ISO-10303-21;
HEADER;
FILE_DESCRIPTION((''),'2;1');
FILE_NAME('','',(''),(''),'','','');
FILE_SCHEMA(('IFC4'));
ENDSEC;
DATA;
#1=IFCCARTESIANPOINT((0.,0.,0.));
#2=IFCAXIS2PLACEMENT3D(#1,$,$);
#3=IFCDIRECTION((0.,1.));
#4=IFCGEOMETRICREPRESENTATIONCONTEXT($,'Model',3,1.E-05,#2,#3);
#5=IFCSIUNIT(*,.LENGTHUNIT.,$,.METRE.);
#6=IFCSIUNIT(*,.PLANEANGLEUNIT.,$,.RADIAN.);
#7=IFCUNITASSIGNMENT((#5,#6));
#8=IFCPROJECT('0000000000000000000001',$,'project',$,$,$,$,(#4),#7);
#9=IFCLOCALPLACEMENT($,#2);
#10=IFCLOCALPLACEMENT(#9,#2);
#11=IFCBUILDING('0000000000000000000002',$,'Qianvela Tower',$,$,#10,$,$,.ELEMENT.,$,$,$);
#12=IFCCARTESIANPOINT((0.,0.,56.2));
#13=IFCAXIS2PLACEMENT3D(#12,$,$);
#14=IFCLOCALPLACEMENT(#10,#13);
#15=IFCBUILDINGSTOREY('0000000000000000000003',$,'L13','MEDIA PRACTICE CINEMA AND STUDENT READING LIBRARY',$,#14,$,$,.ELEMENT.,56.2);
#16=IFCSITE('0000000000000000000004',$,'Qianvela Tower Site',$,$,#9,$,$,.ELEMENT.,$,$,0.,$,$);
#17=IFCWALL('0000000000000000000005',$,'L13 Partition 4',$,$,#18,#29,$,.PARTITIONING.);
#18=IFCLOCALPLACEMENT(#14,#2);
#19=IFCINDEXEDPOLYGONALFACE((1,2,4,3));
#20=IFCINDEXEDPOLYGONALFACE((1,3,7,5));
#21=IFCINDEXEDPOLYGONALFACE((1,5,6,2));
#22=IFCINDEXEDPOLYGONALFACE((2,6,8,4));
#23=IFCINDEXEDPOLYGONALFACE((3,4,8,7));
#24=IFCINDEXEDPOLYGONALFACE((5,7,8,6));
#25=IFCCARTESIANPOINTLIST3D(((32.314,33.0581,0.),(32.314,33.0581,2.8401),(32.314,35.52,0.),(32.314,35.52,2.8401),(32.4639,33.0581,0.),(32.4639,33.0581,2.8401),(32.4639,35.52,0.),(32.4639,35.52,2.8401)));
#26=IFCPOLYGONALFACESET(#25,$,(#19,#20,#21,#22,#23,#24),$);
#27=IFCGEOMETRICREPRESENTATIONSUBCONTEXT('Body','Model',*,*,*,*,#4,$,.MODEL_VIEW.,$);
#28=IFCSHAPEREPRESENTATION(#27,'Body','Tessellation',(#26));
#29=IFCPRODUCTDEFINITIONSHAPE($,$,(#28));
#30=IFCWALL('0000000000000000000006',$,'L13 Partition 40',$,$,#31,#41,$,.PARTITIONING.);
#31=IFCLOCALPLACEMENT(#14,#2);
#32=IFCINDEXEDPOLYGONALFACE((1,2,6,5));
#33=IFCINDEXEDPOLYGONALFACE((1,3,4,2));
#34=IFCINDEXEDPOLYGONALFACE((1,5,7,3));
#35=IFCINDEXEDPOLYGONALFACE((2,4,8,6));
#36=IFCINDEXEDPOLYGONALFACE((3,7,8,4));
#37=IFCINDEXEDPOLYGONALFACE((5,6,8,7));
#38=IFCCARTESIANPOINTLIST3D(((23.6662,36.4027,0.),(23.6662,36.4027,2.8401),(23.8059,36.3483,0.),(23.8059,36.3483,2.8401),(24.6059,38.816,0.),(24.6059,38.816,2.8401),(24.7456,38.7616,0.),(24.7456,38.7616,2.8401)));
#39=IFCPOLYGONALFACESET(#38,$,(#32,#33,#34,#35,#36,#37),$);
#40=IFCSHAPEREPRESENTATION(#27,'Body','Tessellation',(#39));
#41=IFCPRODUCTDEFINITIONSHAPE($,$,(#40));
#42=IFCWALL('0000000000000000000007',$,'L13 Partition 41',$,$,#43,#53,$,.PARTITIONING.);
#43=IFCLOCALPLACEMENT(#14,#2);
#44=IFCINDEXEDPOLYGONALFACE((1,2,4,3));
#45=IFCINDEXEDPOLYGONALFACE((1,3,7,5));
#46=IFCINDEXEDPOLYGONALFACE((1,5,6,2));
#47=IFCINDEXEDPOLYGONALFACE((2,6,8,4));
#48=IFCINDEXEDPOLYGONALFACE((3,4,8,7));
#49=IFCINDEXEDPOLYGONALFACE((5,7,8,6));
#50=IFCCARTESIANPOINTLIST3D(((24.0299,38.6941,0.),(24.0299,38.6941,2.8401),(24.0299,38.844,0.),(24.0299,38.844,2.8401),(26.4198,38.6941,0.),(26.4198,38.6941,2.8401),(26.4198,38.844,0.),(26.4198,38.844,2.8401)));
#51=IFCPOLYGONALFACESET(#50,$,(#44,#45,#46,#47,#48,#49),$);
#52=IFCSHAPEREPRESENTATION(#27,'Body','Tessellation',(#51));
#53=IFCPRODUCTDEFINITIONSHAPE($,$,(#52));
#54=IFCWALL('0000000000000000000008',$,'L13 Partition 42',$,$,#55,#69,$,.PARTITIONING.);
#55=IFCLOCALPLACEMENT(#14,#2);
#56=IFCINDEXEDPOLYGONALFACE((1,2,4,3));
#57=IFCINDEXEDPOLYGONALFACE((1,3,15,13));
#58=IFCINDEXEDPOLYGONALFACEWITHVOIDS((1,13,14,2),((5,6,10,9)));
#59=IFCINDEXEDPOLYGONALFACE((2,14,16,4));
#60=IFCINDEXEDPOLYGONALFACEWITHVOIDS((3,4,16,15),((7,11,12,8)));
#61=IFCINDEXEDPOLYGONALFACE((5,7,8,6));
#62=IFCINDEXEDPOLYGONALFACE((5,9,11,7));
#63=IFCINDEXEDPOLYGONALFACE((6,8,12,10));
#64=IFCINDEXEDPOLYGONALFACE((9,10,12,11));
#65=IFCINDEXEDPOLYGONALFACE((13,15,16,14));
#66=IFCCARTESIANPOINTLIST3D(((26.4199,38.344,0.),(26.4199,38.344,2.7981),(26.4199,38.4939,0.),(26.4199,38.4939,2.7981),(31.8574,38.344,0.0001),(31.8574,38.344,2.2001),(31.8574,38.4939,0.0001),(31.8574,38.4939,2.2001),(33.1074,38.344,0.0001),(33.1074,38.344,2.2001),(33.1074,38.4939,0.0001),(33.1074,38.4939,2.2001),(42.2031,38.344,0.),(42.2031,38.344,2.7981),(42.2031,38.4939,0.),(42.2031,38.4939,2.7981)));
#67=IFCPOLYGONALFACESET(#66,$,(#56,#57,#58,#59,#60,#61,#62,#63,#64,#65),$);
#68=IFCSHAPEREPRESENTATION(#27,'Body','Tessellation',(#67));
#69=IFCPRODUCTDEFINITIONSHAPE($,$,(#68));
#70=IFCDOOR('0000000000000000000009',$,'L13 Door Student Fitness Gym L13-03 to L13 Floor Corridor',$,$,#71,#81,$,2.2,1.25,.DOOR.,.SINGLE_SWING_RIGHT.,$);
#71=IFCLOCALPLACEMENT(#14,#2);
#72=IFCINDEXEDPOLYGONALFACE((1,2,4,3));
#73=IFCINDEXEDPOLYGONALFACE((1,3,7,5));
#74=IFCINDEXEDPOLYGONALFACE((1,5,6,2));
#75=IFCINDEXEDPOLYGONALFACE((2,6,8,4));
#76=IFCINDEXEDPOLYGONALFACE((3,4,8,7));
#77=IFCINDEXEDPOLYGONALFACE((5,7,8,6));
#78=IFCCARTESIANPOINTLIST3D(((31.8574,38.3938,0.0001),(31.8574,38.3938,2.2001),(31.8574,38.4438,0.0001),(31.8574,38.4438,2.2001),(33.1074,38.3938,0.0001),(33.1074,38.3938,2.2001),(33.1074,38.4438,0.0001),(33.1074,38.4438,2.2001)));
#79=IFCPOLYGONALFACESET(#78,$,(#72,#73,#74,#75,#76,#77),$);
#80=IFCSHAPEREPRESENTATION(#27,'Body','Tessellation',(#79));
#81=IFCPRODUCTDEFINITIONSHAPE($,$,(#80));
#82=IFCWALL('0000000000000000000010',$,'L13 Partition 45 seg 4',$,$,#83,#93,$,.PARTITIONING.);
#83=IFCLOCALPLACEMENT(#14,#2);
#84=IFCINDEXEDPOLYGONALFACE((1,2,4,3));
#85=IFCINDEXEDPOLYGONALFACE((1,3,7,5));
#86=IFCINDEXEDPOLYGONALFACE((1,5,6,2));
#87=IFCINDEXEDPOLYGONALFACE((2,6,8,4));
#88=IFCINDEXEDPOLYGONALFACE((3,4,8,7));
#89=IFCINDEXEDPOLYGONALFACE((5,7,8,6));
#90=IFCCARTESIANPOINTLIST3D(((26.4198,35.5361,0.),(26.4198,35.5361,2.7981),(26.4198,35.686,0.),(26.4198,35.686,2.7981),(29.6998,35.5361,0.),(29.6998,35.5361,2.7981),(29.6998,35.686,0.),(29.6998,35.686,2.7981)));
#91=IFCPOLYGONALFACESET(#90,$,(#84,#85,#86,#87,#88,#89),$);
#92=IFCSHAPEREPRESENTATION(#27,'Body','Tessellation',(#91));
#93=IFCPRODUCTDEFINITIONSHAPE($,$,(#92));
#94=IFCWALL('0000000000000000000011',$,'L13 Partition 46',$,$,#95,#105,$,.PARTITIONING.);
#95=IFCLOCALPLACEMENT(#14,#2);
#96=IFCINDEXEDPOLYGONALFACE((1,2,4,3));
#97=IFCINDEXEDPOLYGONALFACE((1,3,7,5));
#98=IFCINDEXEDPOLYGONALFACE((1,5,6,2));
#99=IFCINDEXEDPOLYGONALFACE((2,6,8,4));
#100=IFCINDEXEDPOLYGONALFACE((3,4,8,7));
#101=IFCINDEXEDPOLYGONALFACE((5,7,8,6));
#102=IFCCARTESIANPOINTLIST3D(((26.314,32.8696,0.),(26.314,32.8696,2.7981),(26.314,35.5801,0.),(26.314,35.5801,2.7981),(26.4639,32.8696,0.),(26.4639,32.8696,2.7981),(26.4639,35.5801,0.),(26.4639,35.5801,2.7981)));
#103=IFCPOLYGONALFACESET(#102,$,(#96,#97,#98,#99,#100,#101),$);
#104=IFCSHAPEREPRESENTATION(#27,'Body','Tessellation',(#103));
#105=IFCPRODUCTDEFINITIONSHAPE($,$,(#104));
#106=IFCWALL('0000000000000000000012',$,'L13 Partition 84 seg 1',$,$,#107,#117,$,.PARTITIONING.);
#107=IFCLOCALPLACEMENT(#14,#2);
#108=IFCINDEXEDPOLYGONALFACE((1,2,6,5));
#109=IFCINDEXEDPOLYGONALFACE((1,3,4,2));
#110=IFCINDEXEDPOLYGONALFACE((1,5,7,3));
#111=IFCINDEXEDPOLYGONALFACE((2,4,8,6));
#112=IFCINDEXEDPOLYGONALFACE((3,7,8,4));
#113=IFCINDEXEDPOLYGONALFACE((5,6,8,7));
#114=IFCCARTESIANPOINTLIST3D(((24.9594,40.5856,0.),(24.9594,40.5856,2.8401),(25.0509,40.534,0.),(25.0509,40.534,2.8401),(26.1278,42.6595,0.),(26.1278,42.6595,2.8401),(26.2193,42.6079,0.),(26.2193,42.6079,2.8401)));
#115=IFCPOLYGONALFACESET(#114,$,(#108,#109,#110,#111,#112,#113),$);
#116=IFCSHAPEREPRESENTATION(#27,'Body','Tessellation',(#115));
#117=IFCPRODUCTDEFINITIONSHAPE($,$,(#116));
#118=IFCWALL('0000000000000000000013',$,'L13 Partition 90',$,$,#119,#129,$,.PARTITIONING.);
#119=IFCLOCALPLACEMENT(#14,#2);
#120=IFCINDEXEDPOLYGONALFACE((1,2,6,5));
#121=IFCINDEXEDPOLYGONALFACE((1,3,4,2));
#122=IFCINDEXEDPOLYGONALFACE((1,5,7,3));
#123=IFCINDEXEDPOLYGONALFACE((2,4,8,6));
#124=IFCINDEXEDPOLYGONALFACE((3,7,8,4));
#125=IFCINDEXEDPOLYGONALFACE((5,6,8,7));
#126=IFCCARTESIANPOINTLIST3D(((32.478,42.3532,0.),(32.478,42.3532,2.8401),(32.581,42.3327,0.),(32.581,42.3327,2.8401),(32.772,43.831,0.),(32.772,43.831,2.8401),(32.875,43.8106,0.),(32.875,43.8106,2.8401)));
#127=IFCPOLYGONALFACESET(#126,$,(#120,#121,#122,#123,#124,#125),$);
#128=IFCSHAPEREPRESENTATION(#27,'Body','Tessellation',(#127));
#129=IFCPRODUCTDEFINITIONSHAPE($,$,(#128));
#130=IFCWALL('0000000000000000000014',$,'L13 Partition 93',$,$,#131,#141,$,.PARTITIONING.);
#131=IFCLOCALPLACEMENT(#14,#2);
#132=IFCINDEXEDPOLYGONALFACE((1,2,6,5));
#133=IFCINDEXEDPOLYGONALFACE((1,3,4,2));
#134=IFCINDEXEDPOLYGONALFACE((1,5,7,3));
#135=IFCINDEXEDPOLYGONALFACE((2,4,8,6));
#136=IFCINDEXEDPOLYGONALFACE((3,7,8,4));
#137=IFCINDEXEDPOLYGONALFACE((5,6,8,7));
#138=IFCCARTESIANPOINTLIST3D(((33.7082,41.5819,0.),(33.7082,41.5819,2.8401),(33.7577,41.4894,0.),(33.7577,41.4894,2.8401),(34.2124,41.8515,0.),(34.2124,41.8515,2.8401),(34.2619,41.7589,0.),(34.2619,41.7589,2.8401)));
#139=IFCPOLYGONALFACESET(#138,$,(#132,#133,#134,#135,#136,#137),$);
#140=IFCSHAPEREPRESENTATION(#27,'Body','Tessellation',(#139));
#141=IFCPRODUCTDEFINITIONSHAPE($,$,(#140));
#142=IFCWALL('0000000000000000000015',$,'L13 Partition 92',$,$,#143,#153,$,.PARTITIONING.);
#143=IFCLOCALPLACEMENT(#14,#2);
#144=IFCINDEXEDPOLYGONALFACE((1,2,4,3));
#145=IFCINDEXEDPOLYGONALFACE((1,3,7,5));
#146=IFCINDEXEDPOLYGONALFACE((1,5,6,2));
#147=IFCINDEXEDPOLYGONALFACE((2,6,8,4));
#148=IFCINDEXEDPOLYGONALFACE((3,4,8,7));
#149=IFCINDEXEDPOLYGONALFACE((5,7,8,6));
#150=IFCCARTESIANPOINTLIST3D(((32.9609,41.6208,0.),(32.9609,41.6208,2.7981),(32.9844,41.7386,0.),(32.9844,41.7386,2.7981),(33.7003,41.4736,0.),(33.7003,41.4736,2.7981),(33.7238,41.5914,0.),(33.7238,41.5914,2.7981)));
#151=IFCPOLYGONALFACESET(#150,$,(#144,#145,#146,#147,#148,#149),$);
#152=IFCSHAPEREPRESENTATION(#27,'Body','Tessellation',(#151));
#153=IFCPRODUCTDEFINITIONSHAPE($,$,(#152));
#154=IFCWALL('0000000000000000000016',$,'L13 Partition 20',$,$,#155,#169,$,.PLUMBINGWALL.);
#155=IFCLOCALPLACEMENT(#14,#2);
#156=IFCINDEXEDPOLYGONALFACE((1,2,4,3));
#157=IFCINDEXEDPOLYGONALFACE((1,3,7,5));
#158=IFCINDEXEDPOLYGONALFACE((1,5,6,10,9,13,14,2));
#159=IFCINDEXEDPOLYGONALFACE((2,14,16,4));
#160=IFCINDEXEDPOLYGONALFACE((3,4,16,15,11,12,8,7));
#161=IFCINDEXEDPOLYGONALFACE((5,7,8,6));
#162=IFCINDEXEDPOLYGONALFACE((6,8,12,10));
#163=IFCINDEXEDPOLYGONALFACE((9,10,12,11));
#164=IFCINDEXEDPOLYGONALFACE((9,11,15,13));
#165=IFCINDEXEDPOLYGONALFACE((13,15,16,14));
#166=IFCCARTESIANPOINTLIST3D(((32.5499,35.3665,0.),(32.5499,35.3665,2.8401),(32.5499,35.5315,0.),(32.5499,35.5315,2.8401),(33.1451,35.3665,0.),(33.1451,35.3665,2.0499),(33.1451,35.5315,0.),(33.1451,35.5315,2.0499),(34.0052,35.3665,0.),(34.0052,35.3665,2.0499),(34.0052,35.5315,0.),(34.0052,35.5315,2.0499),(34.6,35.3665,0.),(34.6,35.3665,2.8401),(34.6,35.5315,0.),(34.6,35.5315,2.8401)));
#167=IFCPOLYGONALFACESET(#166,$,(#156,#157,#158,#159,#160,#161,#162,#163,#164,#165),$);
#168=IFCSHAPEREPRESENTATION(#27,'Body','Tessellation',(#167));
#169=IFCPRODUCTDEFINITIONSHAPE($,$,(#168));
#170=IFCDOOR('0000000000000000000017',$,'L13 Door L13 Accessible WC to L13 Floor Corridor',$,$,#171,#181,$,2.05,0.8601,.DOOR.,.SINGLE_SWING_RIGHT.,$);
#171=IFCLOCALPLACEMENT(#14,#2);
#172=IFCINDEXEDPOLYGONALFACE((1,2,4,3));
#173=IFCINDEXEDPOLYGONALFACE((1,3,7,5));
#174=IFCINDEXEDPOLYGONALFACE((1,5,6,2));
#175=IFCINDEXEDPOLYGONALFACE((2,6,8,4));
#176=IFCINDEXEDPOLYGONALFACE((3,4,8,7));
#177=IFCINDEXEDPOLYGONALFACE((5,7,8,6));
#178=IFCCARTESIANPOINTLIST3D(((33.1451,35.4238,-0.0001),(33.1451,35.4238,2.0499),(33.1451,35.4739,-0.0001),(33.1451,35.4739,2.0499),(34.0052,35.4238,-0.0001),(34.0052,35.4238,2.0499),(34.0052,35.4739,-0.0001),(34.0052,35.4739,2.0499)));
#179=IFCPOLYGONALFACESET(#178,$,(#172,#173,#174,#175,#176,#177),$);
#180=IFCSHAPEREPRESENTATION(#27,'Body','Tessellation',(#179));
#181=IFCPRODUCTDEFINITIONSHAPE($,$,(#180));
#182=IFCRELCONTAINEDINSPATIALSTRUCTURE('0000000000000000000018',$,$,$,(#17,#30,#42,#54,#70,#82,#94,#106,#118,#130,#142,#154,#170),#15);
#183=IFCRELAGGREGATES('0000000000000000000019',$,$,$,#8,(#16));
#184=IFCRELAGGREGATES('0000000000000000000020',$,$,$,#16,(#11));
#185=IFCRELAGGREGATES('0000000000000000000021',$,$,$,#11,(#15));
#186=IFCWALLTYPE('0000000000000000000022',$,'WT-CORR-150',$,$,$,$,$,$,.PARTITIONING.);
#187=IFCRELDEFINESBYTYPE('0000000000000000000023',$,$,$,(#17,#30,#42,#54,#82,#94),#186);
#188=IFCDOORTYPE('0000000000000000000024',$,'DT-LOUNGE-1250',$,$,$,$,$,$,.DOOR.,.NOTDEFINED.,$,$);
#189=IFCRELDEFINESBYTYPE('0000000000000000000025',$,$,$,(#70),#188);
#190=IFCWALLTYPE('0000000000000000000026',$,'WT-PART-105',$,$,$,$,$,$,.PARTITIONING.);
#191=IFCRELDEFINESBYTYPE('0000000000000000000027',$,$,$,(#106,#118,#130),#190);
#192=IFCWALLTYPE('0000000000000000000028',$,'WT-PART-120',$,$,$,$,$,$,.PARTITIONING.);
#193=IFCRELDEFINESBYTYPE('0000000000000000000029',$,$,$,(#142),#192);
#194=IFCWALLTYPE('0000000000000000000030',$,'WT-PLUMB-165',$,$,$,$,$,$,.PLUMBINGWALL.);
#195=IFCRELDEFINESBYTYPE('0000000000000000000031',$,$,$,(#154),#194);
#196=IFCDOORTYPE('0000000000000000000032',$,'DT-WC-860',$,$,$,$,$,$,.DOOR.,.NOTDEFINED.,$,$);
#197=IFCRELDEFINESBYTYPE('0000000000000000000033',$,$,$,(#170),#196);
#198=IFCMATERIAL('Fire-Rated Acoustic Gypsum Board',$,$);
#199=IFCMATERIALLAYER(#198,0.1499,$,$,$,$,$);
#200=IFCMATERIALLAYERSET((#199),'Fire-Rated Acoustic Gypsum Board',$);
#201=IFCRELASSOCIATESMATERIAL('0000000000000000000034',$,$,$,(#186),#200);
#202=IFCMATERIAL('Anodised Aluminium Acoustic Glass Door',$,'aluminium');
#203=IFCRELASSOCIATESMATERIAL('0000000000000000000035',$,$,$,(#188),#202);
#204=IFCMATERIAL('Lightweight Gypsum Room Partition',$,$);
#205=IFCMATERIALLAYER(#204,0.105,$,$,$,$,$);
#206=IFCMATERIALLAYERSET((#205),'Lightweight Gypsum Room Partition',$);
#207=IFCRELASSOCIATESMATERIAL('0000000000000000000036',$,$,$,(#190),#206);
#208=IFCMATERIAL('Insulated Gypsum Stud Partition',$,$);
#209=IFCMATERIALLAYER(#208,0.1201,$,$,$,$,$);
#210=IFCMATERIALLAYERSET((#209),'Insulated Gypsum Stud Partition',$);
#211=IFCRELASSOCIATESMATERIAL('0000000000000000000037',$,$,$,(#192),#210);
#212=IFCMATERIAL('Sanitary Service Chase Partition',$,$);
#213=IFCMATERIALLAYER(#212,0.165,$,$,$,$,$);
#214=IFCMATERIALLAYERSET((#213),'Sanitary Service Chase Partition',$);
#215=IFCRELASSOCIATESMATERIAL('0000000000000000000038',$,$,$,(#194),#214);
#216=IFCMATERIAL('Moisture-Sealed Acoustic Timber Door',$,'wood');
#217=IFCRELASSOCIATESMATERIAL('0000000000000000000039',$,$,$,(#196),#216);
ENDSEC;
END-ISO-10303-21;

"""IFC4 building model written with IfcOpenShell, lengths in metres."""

from ifc_helpers import new_model, si_unit, direction, frame, frame_2d, origin, place, context, subcontext, project, spatial, rectangle, extrude, material, layer, layer_set, type_object, element, fill, save


model = new_model("IFC4")

# Units and contexts
model_context = context("Model", 3, precision=1e-05, world=origin(), true_north=direction((0.0, 1.0)))
body_context = subcontext(model_context, "Body", "Model", "MODEL_VIEW")
ifc_project = project(units=[si_unit("LENGTHUNIT", "METRE"), si_unit("PLANEANGLEUNIT", "RADIAN")], contexts=[model_context])

# Site, building, storey
site_placement = place(None, origin())
site = spatial("IfcSite", under=ifc_project, at=site_placement, Name="Qianvela Tower Site", CompositionType="ELEMENT", RefElevation=0.0)
building_placement = place(site_placement, origin())
building = spatial("IfcBuilding", under=site, at=building_placement, Name="Qianvela Tower", CompositionType="ELEMENT")
storey_placement = place(building_placement, frame((0.0, 0.0, 56.2)))
storey = spatial("IfcBuildingStorey", under=building, at=storey_placement, Name="L13", Description="MEDIA PRACTICE CINEMA AND STUDENT READING LIBRARY", CompositionType="ELEMENT", Elevation=56.2)

# Shared definitions
ifc_material_1 = material(Name="Fire-Rated Acoustic Gypsum Board")
ifc_layer_1 = layer(ifc_material_1, 0.1499)
ifc_layer_set_1 = layer_set([ifc_layer_1], Name="Fire-Rated Acoustic Gypsum Board")
wall_type_1 = type_object("IfcWallType", Name="WT-CORR-150", PredefinedType="PARTITIONING", material=ifc_layer_set_1)

# Walls
wall_1_placement = place(storey_placement, frame((32.3889, 35.52, 0.0), z_axis=(0.0, 0.0, 1.0), x_axis=(0.0, -1.0, 0.0)))
element("IfcWall", 1, at=wall_1_placement, inside=storey, type_object=wall_type_1, Name="L13 Partition 4", PredefinedType="PARTITIONING", context=body_context, shape_type="SweptSolid", body=[
    extrude(rectangle(XDim=2.4619, YDim=0.1499, at=frame_2d((1.231, 0.0))), origin(), (0.0, 0.0, 1.0), 2.8401),
])
wall_2_placement = place(storey_placement, frame((23.7361, 36.3755, 0.0), z_axis=(0.0, 0.0, 1.0), x_axis=(0.362842, 0.931851, 0.0)))
element("IfcWall", 2, at=wall_2_placement, inside=storey, type_object=wall_type_1, Name="L13 Partition 40", PredefinedType="PARTITIONING", context=body_context, shape_type="SweptSolid", body=[
    extrude(rectangle(XDim=2.5898, YDim=0.1499, at=frame_2d((1.2949, 0.0))), origin(), (0.0, 0.0, 1.0), 2.8401),
])
wall_3_placement = place(storey_placement, frame((24.03, 38.769, 0.0), z_axis=(0.0, 0.0, 1.0), x_axis=(1.0, 0.0, 0.0)))
element("IfcWall", 3, at=wall_3_placement, inside=storey, type_object=wall_type_1, Name="L13 Partition 41", PredefinedType="PARTITIONING", context=body_context, shape_type="SweptSolid", body=[
    extrude(rectangle(XDim=2.3899, YDim=0.1499, at=frame_2d((1.1948, 0.0))), origin(), (0.0, 0.0, 1.0), 2.8401),
])

# Wall, opening, door
wall_4_placement = place(storey_placement, frame((26.4199, 38.4189, 0.0), z_axis=(0.0, 0.0, 1.0), x_axis=(1.0, 0.0, 0.0)))
wall_4 = element("IfcWall", 4, at=wall_4_placement, inside=storey, type_object=wall_type_1, Name="L13 Partition 42", PredefinedType="PARTITIONING", context=body_context, shape_type="SweptSolid", body=[
    extrude(rectangle(XDim=15.7832, YDim=0.1499, at=frame_2d((7.8916, 0.0))), origin(), (0.0, 0.0, 1.0), 2.7981),
])
opening_1_placement = place(wall_4_placement, frame((5.4375, 0.0, 0.0)))
opening_1 = element("IfcOpeningElement", 5, at=opening_1_placement, cuts=wall_4, PredefinedType="OPENING", context=body_context, shape_type="SweptSolid", body=[
    extrude(rectangle(XDim=1.25, YDim=2.2, at=frame_2d((0.625, 1.1001))), frame((0.0, 0.085, 0.0), z_axis=(0.0, -1.0, 0.0), x_axis=(1.0, 0.0, 0.0)), (0.0, 0.0, 1.0), 0.1699),
])
ifc_material_2 = material(Name="Anodised Aluminium Acoustic Glass Door", Category="aluminium")
door_type_1 = type_object("IfcDoorType", Name="DT-LOUNGE-1250", OperationType="NOTDEFINED", PredefinedType="DOOR", material=ifc_material_2)
door_1_placement = place(opening_1_placement, origin())
door_1 = element("IfcDoor", 6, at=door_1_placement, inside=storey, type_object=door_type_1, Name="L13 Door Student Fitness Gym L13-03 to L13 Floor Corridor", OperationType="SINGLE_SWING_RIGHT", OverallHeight=2.2, OverallWidth=1.25, PredefinedType="DOOR", context=body_context, shape_type="SweptSolid", body=[
    extrude(rectangle(XDim=1.25, YDim=2.2, at=frame_2d((0.625, 1.1001))), frame((0.0, 0.0249, 0.0), z_axis=(0.0, -1.0, 0.0), x_axis=(1.0, 0.0, 0.0)), (0.0, 0.0, 1.0), 0.05),
])
fill(opening_1, door_1)

# Walls
wall_5_placement = place(storey_placement, frame((29.7, 35.6111, 0.0), z_axis=(0.0, 0.0, 1.0), x_axis=(-1.0, 0.0, 0.0)))
element("IfcWall", 7, at=wall_5_placement, inside=storey, type_object=wall_type_1, Name="L13 Partition 45 seg 4", PredefinedType="PARTITIONING", context=body_context, shape_type="SweptSolid", body=[
    extrude(rectangle(XDim=3.28, YDim=0.1499, at=frame_2d((1.6401, 0.0))), origin(), (0.0, 0.0, 1.0), 2.7981),
])
wall_6_placement = place(storey_placement, frame((26.3889, 35.5801, 0.0), z_axis=(0.0, 0.0, 1.0), x_axis=(0.0, -1.0, 0.0)))
element("IfcWall", 8, at=wall_6_placement, inside=storey, type_object=wall_type_1, Name="L13 Partition 46", PredefinedType="PARTITIONING", context=body_context, shape_type="SweptSolid", body=[
    extrude(rectangle(XDim=2.7104, YDim=0.1499, at=frame_2d((1.3552, 0.0))), origin(), (0.0, 0.0, 1.0), 2.7981),
])
ifc_material_3 = material(Name="Lightweight Gypsum Room Partition")
ifc_layer_2 = layer(ifc_material_3, 0.105)
ifc_layer_set_2 = layer_set([ifc_layer_2], Name="Lightweight Gypsum Room Partition")
wall_type_2 = type_object("IfcWallType", Name="WT-PART-105", PredefinedType="PARTITIONING", material=ifc_layer_set_2)
wall_7_placement = place(storey_placement, frame((25.0051, 40.5598, 0.0), z_axis=(0.0, 0.0, 1.0), x_axis=(0.49085, 0.871244, 0.0)))
element("IfcWall", 9, at=wall_7_placement, inside=storey, type_object=wall_type_2, Name="L13 Partition 84 seg 1", PredefinedType="PARTITIONING", context=body_context, shape_type="SweptSolid", body=[
    extrude(rectangle(XDim=2.3804, YDim=0.105, at=frame_2d((1.1902, 0.0))), origin(), (0.0, 0.0, 1.0), 2.8401),
])
wall_8_placement = place(storey_placement, frame((32.8235, 43.8208, 0.0), z_axis=(0.0, 0.0, 1.0), x_axis=(-0.195088, -0.980786, 0.0)))
element("IfcWall", 10, at=wall_8_placement, inside=storey, type_object=wall_type_2, Name="L13 Partition 90", PredefinedType="PARTITIONING", context=body_context, shape_type="SweptSolid", body=[
    extrude(rectangle(XDim=1.5068, YDim=0.105, at=frame_2d((0.7534, 0.0))), origin(), (0.0, 0.0, 1.0), 2.8401),
])
wall_9_placement = place(storey_placement, frame((33.7329, 41.5356, 0.0), z_axis=(0.0, 0.0, 1.0), x_axis=(0.88188, 0.471475, 0.0)))
element("IfcWall", 11, at=wall_9_placement, inside=storey, type_object=wall_type_2, Name="L13 Partition 93", PredefinedType="PARTITIONING", context=body_context, shape_type="SweptSolid", body=[
    extrude(rectangle(XDim=0.5718, YDim=0.105, at=frame_2d((0.2859, 0.0))), origin(), (0.0, 0.0, 1.0), 2.8401),
])
ifc_material_4 = material(Name="Insulated Gypsum Stud Partition")
ifc_layer_3 = layer(ifc_material_4, 0.1201)
ifc_layer_set_3 = layer_set([ifc_layer_3], Name="Insulated Gypsum Stud Partition")
wall_type_3 = type_object("IfcWallType", Name="WT-PART-120", PredefinedType="PARTITIONING", material=ifc_layer_set_3)
wall_10_placement = place(storey_placement, frame((32.9727, 41.6797, 0.0), z_axis=(0.0, 0.0, 1.0), x_axis=(0.980755, -0.195244, 0.0)))
element("IfcWall", 12, at=wall_10_placement, inside=storey, type_object=wall_type_3, Name="L13 Partition 92", PredefinedType="PARTITIONING", context=body_context, shape_type="SweptSolid", body=[
    extrude(rectangle(XDim=0.7539, YDim=0.1201, at=frame_2d((0.377, 0.0))), origin(), (0.0, 0.0, 1.0), 2.7981),
])

# Wall, opening, door
ifc_material_5 = material(Name="Sanitary Service Chase Partition")
ifc_layer_4 = layer(ifc_material_5, 0.165)
ifc_layer_set_4 = layer_set([ifc_layer_4], Name="Sanitary Service Chase Partition")
wall_type_4 = type_object("IfcWallType", Name="WT-PLUMB-165", PredefinedType="PLUMBINGWALL", material=ifc_layer_set_4)
wall_11_placement = place(storey_placement, frame((32.55, 35.449, 0.0), z_axis=(0.0, 0.0, 1.0), x_axis=(1.0, 0.0, 0.0)))
wall_11 = element("IfcWall", 13, at=wall_11_placement, inside=storey, type_object=wall_type_4, Name="L13 Partition 20", PredefinedType="PLUMBINGWALL", context=body_context, shape_type="SweptSolid", body=[
    extrude(rectangle(XDim=2.05, YDim=0.165, at=frame_2d((1.0249, 0.0))), origin(), (0.0, 0.0, 1.0), 2.8401),
])
opening_2_placement = place(wall_11_placement, frame((0.595, 0.0, 0.0)))
opening_2 = element("IfcOpeningElement", 14, at=opening_2_placement, cuts=wall_11, PredefinedType="OPENING", context=body_context, shape_type="SweptSolid", body=[
    extrude(rectangle(XDim=0.8601, YDim=2.05, at=frame_2d((0.4302, 1.0249))), frame((0.0, 0.0925, 0.0), z_axis=(0.0, -1.0, 0.0), x_axis=(1.0, 0.0, 0.0)), (0.0, 0.0, 1.0), 0.1851),
])
ifc_material_6 = material(Name="Moisture-Sealed Acoustic Timber Door", Category="wood")
door_type_2 = type_object("IfcDoorType", Name="DT-WC-860", OperationType="NOTDEFINED", PredefinedType="DOOR", material=ifc_material_6)
door_2_placement = place(opening_2_placement, origin())
door_2 = element("IfcDoor", 15, at=door_2_placement, inside=storey, type_object=door_type_2, Name="L13 Door L13 Accessible WC to L13 Floor Corridor", OperationType="SINGLE_SWING_RIGHT", OverallHeight=2.05, OverallWidth=0.8601, PredefinedType="DOOR", context=body_context, shape_type="SweptSolid", body=[
    extrude(rectangle(XDim=0.8601, YDim=2.05, at=frame_2d((0.4302, 1.0249))), frame((0.0, 0.0249, 0.0), z_axis=(0.0, -1.0, 0.0), x_axis=(1.0, 0.0, 0.0)), (0.0, 0.0, 1.0), 0.05),
])
fill(opening_2, door_2)

save(model, "model.ifc")
